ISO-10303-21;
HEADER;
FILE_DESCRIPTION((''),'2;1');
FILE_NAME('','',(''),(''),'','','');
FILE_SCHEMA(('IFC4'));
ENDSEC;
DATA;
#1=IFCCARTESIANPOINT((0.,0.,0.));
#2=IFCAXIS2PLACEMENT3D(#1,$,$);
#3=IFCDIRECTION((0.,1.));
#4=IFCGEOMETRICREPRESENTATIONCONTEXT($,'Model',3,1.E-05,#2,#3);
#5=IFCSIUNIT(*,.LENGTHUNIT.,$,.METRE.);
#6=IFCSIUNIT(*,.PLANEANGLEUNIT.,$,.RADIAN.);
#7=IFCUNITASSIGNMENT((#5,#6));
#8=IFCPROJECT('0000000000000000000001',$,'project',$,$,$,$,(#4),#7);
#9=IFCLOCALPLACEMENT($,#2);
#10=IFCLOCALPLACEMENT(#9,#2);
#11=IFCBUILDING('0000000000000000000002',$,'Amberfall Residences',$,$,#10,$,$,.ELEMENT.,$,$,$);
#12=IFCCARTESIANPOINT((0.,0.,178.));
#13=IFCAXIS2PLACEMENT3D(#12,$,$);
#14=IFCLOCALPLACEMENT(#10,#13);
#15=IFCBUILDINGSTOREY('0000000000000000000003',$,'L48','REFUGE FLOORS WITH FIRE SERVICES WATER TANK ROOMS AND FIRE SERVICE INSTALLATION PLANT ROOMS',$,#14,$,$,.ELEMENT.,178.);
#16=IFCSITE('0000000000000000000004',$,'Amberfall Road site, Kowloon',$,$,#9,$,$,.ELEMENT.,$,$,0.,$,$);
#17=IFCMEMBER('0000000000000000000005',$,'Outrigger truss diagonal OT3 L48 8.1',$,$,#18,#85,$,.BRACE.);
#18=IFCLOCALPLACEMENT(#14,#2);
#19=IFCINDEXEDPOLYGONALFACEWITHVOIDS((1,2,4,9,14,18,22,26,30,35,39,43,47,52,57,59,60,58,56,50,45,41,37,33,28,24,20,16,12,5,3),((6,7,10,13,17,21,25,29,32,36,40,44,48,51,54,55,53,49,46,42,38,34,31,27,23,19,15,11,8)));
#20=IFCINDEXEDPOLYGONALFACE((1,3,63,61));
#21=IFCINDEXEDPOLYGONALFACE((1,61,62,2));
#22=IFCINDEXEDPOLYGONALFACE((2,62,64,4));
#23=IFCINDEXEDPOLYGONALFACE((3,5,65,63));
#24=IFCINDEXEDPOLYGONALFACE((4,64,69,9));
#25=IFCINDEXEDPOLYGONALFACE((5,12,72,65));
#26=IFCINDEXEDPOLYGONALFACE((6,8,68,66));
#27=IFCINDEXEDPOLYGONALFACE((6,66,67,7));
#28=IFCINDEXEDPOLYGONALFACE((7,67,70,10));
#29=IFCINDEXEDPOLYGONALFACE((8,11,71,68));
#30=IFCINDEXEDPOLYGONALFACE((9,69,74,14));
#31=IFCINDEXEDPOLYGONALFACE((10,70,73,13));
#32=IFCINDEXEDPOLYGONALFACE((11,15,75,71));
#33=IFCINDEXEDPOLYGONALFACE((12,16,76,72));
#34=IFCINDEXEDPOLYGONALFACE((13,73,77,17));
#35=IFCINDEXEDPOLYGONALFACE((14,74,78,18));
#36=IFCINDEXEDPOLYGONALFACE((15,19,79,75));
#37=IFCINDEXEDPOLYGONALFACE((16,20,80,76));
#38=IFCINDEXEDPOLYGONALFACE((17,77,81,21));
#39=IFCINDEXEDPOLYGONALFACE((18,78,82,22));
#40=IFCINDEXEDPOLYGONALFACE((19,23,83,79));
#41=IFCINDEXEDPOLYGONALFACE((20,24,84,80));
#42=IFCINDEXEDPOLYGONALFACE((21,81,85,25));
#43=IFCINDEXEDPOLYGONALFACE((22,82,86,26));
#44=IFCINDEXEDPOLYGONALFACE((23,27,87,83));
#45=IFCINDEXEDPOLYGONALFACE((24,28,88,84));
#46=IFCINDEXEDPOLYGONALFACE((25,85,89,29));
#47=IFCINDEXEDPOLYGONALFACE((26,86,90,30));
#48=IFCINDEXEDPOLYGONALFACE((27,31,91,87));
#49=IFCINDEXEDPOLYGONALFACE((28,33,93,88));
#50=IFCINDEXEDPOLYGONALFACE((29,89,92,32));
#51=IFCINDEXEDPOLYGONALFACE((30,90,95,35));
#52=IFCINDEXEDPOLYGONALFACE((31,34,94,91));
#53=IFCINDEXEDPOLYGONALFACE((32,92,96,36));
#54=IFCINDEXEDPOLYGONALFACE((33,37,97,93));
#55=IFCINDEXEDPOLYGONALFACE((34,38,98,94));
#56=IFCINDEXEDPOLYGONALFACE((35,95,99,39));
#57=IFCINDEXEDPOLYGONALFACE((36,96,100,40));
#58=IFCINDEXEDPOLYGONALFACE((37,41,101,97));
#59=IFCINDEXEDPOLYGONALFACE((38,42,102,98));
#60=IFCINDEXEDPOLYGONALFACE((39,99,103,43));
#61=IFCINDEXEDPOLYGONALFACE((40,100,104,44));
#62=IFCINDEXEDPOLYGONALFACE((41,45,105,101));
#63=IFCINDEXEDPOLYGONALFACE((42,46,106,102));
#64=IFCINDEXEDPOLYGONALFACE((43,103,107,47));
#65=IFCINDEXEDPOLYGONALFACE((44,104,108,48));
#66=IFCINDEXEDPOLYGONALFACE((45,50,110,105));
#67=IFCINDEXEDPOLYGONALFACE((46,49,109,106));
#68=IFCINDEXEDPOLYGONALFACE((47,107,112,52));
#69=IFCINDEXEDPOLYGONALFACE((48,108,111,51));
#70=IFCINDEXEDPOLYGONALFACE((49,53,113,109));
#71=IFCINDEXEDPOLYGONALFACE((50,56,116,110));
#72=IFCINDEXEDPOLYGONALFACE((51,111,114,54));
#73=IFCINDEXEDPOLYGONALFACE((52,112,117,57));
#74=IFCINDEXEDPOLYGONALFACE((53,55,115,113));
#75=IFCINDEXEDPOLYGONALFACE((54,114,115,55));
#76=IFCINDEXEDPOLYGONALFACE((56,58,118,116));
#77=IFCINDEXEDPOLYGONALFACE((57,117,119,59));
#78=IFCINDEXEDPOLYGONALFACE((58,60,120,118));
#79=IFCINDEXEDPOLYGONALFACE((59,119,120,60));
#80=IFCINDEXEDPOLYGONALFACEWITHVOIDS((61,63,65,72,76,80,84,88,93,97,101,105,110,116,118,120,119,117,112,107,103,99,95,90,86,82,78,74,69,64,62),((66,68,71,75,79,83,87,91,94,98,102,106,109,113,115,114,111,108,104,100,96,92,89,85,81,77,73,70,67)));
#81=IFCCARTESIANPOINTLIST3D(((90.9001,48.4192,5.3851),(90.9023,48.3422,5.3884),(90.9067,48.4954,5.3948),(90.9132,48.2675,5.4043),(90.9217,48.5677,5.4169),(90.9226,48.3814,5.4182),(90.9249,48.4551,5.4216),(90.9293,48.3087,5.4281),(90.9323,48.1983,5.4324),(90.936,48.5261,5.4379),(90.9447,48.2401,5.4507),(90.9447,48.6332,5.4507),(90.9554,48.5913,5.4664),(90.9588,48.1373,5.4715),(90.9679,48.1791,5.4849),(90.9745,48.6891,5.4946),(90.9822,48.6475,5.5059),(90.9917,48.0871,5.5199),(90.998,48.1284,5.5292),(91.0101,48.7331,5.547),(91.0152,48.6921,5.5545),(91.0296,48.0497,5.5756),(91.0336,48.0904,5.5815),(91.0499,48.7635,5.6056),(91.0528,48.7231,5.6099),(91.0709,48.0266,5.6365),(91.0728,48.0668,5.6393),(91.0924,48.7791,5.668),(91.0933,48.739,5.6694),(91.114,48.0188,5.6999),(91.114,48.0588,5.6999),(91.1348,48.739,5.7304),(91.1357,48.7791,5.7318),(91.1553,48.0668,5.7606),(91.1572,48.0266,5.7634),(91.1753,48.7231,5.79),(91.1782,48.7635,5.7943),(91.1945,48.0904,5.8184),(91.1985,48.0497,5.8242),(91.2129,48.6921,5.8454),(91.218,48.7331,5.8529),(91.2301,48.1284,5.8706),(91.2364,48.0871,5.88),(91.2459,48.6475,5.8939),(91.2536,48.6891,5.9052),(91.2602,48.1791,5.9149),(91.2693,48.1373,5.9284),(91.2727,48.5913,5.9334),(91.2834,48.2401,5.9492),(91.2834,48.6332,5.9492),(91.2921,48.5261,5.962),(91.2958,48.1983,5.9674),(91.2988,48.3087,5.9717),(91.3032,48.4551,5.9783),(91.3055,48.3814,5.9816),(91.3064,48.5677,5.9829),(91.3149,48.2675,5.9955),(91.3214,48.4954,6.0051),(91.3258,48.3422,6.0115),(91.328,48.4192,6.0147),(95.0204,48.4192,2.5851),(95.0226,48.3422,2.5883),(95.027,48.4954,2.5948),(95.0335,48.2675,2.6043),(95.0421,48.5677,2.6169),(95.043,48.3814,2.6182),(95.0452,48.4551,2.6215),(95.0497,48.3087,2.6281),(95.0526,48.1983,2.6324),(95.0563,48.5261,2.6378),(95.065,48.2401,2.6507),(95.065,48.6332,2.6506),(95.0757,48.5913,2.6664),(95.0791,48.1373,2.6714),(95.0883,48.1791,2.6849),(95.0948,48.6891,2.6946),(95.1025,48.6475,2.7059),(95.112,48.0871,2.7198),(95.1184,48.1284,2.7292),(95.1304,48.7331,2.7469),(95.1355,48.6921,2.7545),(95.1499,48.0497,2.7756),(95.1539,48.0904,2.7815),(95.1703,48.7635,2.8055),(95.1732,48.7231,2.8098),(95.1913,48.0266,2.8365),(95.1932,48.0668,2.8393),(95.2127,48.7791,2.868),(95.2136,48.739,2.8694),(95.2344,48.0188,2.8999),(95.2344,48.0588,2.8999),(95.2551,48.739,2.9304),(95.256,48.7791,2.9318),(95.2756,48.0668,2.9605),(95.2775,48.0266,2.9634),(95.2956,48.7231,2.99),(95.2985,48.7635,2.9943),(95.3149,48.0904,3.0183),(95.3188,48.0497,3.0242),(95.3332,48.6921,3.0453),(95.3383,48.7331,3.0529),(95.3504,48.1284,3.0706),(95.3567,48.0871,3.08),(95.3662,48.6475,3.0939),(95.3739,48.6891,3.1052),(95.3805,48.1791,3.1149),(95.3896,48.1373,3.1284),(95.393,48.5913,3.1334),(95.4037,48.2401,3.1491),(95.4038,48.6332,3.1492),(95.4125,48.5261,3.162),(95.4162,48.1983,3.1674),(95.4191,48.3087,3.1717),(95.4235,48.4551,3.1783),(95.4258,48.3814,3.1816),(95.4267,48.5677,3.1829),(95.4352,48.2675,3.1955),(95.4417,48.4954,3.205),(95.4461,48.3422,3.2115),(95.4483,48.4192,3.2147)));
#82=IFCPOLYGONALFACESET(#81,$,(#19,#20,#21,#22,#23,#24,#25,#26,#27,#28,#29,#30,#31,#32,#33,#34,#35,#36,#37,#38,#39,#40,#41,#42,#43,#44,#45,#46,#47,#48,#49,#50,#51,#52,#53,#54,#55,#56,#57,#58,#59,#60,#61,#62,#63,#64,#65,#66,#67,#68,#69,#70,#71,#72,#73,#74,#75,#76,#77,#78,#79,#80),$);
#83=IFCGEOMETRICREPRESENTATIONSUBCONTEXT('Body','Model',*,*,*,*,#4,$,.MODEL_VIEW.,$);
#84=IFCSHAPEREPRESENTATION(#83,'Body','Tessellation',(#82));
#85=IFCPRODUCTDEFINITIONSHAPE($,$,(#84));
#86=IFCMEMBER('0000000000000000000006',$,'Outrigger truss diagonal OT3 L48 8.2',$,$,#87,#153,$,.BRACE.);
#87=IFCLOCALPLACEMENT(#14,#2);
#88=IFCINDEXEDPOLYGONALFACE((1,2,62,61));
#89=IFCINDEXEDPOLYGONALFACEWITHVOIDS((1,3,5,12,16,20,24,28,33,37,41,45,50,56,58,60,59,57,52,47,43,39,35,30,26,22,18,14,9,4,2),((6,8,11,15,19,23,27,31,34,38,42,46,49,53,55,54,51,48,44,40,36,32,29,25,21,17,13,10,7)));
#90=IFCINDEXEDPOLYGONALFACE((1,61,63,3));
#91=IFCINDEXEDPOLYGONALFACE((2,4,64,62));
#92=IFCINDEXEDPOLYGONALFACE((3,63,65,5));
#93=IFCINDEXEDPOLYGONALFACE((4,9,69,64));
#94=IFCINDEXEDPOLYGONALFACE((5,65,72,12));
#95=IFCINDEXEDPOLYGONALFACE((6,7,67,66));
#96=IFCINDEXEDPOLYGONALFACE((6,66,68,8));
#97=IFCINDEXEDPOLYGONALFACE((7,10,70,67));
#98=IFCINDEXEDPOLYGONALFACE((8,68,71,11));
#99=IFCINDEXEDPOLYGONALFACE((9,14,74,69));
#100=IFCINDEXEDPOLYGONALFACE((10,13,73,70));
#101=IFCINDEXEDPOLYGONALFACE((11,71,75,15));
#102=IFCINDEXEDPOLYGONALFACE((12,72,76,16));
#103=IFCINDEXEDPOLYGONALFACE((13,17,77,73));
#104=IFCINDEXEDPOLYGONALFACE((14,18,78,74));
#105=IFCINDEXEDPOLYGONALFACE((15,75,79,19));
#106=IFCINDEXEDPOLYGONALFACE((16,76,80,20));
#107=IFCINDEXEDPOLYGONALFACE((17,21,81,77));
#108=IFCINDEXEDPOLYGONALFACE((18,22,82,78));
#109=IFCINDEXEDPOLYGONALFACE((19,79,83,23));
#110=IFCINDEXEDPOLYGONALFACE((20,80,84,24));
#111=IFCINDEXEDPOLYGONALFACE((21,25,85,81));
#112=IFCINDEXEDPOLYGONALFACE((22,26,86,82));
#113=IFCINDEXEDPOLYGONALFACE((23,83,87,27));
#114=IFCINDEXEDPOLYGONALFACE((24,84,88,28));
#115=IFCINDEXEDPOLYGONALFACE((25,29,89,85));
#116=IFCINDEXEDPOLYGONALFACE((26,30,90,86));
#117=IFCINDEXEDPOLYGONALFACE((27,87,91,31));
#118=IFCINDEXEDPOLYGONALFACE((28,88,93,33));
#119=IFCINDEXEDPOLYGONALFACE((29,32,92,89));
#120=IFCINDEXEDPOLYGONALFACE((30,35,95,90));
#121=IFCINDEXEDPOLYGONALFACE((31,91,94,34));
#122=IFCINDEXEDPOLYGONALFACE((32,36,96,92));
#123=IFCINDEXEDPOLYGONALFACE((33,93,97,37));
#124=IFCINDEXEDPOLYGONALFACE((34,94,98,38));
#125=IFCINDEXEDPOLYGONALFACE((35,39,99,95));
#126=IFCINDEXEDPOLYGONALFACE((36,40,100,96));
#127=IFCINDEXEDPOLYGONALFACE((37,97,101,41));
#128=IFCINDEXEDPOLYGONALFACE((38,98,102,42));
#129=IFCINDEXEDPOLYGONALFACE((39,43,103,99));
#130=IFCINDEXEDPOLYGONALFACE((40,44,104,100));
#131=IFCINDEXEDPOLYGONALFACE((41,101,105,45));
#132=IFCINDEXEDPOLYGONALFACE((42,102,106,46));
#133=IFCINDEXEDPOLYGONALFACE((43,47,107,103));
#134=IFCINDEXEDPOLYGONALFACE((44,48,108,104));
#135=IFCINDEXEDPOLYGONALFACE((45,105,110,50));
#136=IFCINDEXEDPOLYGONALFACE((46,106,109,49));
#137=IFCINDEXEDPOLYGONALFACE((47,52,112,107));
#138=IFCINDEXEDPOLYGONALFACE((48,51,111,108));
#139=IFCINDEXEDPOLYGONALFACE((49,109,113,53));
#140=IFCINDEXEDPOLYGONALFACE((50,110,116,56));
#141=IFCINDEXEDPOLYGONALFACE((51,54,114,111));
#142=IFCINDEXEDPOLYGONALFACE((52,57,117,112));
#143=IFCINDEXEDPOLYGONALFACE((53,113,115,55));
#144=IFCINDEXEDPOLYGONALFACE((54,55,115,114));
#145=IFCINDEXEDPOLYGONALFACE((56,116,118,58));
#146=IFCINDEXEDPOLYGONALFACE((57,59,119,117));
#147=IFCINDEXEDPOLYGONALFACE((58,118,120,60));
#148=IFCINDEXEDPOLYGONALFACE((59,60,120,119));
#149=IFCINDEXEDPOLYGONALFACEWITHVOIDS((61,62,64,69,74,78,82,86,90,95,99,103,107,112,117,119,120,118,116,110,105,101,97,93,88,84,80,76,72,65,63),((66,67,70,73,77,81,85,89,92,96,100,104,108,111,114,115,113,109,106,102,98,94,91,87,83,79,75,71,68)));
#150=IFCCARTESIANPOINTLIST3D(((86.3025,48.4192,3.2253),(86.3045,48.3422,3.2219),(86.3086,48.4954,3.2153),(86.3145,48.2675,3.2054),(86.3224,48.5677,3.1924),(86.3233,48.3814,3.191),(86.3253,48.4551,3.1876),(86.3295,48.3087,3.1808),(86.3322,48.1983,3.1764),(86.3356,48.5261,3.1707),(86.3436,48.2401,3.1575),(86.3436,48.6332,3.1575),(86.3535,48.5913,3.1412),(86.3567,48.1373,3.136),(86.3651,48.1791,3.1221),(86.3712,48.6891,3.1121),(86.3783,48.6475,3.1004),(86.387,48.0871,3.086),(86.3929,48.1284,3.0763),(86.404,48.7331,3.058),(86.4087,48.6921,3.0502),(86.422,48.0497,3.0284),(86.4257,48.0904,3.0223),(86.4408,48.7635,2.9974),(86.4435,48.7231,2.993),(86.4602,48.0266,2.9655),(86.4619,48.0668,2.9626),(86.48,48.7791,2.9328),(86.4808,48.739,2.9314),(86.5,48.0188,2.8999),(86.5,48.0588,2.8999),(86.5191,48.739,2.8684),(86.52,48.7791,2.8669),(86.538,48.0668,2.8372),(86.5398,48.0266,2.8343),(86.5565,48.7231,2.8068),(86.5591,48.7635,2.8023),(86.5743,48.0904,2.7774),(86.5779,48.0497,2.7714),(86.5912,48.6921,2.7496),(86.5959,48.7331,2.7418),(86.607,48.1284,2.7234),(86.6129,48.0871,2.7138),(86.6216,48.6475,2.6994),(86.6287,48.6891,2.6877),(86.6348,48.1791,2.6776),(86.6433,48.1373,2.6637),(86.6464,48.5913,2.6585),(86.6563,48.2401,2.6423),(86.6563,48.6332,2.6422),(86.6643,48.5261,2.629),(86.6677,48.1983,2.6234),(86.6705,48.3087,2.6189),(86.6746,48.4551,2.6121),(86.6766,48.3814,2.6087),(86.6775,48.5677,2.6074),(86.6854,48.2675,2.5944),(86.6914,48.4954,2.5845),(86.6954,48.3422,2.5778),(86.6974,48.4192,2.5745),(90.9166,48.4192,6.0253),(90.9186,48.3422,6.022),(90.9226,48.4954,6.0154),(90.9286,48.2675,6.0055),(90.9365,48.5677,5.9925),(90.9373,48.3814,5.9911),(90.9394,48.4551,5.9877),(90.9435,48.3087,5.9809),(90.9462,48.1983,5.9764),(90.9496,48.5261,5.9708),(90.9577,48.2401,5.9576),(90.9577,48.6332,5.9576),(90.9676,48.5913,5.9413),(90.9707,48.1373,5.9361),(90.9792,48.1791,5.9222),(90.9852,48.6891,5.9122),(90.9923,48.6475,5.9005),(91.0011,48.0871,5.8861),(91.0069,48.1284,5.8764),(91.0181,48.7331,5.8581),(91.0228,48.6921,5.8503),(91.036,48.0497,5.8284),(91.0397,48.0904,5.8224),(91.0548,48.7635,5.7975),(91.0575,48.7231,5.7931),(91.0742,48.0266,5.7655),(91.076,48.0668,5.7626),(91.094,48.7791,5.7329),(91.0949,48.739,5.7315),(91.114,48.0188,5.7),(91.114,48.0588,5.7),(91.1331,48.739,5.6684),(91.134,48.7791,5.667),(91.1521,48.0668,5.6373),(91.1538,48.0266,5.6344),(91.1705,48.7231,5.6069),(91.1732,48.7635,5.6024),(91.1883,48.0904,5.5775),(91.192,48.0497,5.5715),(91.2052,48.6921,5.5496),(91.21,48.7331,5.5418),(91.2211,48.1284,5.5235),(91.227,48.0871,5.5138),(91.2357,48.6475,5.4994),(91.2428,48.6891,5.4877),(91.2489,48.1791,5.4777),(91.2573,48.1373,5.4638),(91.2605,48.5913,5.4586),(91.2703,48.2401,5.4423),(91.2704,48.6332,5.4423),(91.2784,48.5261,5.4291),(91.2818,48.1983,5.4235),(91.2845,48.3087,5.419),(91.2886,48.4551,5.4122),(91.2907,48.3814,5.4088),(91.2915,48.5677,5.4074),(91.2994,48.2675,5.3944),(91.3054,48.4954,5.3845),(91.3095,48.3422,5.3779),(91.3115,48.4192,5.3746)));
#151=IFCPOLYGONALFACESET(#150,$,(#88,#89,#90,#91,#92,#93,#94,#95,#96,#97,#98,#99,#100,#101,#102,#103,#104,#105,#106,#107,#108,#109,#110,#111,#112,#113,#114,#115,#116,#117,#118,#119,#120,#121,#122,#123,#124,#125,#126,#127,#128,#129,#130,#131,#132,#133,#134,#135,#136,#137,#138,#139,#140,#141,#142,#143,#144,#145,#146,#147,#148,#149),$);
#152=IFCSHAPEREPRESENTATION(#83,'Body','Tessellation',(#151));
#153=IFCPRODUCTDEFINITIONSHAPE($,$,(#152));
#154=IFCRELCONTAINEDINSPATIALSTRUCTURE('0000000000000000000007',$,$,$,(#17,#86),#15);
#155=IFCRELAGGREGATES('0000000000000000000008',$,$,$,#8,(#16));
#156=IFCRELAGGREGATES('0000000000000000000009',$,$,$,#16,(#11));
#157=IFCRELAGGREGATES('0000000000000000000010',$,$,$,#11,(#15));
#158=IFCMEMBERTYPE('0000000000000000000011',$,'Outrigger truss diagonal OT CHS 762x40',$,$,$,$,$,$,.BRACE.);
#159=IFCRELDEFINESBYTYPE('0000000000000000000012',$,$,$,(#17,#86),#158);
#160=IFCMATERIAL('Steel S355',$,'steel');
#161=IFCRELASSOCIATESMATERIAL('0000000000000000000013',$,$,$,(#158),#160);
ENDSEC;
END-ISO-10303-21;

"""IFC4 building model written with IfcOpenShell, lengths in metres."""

from ifc_helpers import new_model, si_unit, direction, frame, origin, origin_2d, place, context, subcontext, project, spatial, hollow_circle, extrude, material, material_profile, profile_set, type_object, element, save


model = new_model("IFC4")

# Units and contexts
model_context = context("Model", 3, precision=1e-05, world=origin(), true_north=direction((0.0, 1.0)))
body_context = subcontext(model_context, "Body", "Model", "MODEL_VIEW")
ifc_project = project(units=[si_unit("LENGTHUNIT", "METRE"), si_unit("PLANEANGLEUNIT", "RADIAN")], contexts=[model_context])

# Site, building, storey
site_placement = place(None, origin())
site = spatial("IfcSite", under=ifc_project, at=site_placement, Name="Amberfall Road site, Kowloon", CompositionType="ELEMENT", RefElevation=0.0)
building_placement = place(site_placement, origin())
building = spatial("IfcBuilding", under=site, at=building_placement, Name="Amberfall Residences", CompositionType="ELEMENT")
storey_placement = place(building_placement, frame((0.0, 0.0, 178.0)))
storey = spatial("IfcBuildingStorey", under=building, at=storey_placement, Name="L48", Description="REFUGE FLOORS WITH FIRE SERVICES WATER TANK ROOMS AND FIRE SERVICE INSTALLATION PLANT ROOMS", CompositionType="ELEMENT", Elevation=178.0)

# Shared definitions
ifc_material_1 = material(Name="Steel S355", Category="steel")

# Members
ifc_material_profile_1 = material_profile(ifc_material_1, hollow_circle(Radius=0.3811, WallThickness=0.04, at=origin_2d()), Name="CHS 762x40")
ifc_profile_set_1 = profile_set([ifc_material_profile_1], Name="Steel S355")
member_type_1 = type_object("IfcMemberType", Name="Outrigger truss diagonal OT CHS 762x40", PredefinedType="BRACE", material=ifc_profile_set_1)
member_1_placement = place(storey_placement, frame((95.2344, 48.3999, 2.8999), z_axis=(-0.827094, 0.0, 0.562063), x_axis=(0.0, -1.0, 0.0)))
element("IfcMember", 1, at=member_1_placement, inside=storey, type_object=member_type_1, Name="Outrigger truss diagonal OT3 L48 8.1", PredefinedType="BRACE", context=body_context, shape_type="SweptSolid", body=[
    extrude(hollow_circle(Radius=0.3811, WallThickness=0.04, at=origin_2d()), origin(), (0.0, 0.0, 1.0), 4.9817),
])
for number, where, z_axis, x_axis, name in (
    (2, (91.114, 48.3999, 5.7), (-0.854896, 0.0, -0.5188), (0.0, -1.0, 0.0), "Outrigger truss diagonal OT3 L48 8.2"),
):
    element("IfcMember", number, at=place(storey_placement, frame(where, z_axis=z_axis, x_axis=x_axis)), inside=storey, type_object=member_type_1, Name=name, PredefinedType="BRACE", context=body_context, shape_type="SweptSolid", body=[
        extrude(hollow_circle(Radius=0.3811, WallThickness=0.04, at=origin_2d()), origin(), (0.0, 0.0, 1.0), 5.3972),
    ])

save(model, "model.ifc")
